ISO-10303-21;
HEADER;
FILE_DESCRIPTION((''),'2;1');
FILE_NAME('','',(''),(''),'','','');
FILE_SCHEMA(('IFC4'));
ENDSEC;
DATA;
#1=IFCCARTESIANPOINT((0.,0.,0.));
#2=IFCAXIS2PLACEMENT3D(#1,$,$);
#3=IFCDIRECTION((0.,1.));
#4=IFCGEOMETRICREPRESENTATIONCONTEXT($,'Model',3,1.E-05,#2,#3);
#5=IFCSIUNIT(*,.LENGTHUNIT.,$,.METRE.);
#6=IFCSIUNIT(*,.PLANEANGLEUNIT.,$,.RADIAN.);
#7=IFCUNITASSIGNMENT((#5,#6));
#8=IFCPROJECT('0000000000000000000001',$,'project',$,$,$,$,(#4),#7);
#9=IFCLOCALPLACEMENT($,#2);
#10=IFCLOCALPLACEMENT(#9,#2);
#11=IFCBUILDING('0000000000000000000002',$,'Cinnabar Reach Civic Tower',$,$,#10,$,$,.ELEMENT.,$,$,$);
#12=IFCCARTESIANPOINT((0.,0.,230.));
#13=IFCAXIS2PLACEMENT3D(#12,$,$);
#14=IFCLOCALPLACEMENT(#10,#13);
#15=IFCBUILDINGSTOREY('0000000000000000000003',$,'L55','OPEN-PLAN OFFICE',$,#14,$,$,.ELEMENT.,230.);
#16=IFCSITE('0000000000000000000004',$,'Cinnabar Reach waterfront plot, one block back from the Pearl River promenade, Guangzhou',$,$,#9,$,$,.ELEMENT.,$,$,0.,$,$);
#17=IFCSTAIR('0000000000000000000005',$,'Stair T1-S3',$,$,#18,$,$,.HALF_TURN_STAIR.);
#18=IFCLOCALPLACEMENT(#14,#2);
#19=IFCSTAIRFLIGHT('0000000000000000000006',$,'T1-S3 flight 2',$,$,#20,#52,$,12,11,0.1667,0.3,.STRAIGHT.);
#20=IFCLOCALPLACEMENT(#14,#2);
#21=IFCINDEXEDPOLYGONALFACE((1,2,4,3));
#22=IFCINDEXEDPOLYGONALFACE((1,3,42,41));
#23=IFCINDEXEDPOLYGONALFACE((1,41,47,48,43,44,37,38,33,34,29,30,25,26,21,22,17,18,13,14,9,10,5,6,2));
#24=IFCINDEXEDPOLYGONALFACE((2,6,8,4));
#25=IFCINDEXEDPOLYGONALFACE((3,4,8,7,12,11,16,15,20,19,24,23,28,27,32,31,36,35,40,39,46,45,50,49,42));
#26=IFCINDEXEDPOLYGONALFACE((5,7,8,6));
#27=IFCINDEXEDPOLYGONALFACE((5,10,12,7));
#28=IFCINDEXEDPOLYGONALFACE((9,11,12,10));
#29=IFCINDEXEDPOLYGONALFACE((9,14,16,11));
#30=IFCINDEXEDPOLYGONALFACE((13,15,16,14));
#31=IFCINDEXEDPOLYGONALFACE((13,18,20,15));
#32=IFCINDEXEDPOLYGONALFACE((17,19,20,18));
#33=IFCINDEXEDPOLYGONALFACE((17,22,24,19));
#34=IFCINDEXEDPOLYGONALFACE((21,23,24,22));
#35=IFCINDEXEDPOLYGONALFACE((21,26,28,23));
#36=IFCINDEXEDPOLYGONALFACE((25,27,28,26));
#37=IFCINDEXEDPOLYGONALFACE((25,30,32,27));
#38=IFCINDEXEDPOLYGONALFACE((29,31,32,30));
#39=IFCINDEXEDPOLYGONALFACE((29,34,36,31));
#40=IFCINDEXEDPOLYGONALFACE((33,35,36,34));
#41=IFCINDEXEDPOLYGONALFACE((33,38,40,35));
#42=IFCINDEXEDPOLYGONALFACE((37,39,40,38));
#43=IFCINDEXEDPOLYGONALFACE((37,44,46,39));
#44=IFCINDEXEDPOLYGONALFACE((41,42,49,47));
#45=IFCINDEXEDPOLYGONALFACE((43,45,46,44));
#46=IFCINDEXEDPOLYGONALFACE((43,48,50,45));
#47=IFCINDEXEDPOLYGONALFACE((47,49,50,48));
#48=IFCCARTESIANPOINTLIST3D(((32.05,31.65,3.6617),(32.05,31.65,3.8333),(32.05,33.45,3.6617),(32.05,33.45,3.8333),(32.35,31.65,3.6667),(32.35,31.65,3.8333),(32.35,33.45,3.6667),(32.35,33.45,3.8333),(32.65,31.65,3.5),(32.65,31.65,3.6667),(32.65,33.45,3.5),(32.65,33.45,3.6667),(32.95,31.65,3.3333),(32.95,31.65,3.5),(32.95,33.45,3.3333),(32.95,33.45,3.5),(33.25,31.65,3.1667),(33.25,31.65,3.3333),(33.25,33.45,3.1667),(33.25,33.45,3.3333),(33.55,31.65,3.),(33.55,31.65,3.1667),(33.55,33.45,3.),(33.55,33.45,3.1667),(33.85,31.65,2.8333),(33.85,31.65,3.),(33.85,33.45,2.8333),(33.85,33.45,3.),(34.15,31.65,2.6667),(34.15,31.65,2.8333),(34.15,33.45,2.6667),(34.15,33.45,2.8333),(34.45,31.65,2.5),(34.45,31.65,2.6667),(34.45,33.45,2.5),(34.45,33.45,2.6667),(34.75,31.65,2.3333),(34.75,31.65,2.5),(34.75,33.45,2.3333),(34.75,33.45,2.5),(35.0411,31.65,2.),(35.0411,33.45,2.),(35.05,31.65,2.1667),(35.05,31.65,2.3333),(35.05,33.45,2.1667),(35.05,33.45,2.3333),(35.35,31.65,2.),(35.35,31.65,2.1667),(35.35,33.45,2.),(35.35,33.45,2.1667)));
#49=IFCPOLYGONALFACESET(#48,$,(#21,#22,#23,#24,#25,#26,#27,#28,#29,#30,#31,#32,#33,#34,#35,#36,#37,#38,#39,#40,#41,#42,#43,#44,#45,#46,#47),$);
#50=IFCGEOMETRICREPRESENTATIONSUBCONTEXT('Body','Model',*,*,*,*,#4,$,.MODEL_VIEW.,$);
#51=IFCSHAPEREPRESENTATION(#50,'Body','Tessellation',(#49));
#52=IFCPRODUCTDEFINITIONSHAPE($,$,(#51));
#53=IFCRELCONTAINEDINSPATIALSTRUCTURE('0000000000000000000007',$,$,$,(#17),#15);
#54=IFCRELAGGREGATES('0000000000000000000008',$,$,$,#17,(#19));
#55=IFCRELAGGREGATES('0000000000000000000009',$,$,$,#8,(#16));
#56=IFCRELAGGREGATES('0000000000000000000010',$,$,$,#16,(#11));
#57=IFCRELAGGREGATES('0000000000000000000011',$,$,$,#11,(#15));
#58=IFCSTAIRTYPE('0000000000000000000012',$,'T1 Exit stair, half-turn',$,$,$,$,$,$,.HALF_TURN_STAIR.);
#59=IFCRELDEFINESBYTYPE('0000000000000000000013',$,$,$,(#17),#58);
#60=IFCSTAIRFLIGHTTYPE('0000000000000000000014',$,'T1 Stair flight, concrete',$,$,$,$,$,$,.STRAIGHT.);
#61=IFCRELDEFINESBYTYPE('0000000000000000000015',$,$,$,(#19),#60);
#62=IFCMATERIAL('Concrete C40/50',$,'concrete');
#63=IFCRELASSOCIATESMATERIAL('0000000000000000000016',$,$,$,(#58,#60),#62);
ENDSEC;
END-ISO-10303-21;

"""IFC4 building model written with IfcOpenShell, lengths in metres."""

from ifc_helpers import new_model, si_unit, direction, frame, origin, place, context, subcontext, project, spatial, polyline, outline, extrude, material, type_object, element, aggregate, save


model = new_model("IFC4")

# Units and contexts
model_context = context("Model", 3, precision=1e-05, world=origin(), true_north=direction((0.0, 1.0)))
body_context = subcontext(model_context, "Body", "Model", "MODEL_VIEW")
ifc_project = project(units=[si_unit("LENGTHUNIT", "METRE"), si_unit("PLANEANGLEUNIT", "RADIAN")], contexts=[model_context])

# Site, building, storey
site_placement = place(None, origin())
site = spatial("IfcSite", under=ifc_project, at=site_placement, Name="Cinnabar Reach waterfront plot, one block back from the Pearl River promenade, Guangzhou", CompositionType="ELEMENT", RefElevation=0.0)
building_placement = place(site_placement, origin())
building = spatial("IfcBuilding", under=site, at=building_placement, Name="Cinnabar Reach Civic Tower", CompositionType="ELEMENT")
storey_placement = place(building_placement, frame((0.0, 0.0, 230.0)))
storey = spatial("IfcBuildingStorey", under=building, at=storey_placement, Name="L55", Description="OPEN-PLAN OFFICE", CompositionType="ELEMENT", Elevation=230.0)

# Stair, stair flight
ifc_material_1 = material(Name="Concrete C40/50", Category="concrete")
stair_type = type_object("IfcStairType", Name="T1 Exit stair, half-turn", PredefinedType="HALF_TURN_STAIR", material=ifc_material_1)
stair_placement = place(storey_placement, origin())
stair = element("IfcStair", 1, at=stair_placement, inside=storey, type_object=stair_type, Name="Stair T1-S3", PredefinedType="HALF_TURN_STAIR")
stair_flight_type = type_object("IfcStairFlightType", Name="T1 Stair flight, concrete", PredefinedType="STRAIGHT", material=ifc_material_1)
stair_flight_placement = place(storey_placement, frame((35.35, 32.55, 2.0), z_axis=(0.0, 0.0, 1.0), x_axis=(-1.0, 0.0, 0.0)))
stair_flight = element("IfcStairFlight", 2, at=stair_flight_placement, type_object=stair_flight_type, Name="T1-S3 flight 2", NumberOfRisers=12, NumberOfTreads=11, PredefinedType="STRAIGHT", RiserHeight=0.1667, TreadLength=0.3, context=body_context, shape_type="SweptSolid", body=[
    extrude(outline(polyline([(0.0, 0.0), (0.0, 0.1667), (0.3, 0.1667), (0.3, 0.3333), (0.6, 0.3333), (0.6, 0.5), (0.9, 0.5), (0.9, 0.6667), (1.2, 0.6667), (1.2, 0.8333), (1.5, 0.8333), (1.5, 1.0), (1.8, 1.0), (1.8, 1.1667), (2.1, 1.1667), (2.1, 1.3333), (2.4, 1.3333), (2.4, 1.5), (2.7, 1.5), (2.7, 1.6667), (3.0, 1.6667), (3.0, 1.8333), (3.3, 1.8333), (3.3, 2.0), (3.3, 1.6617), (0.3089, 0.0), (0.0, 0.0)])), frame((0.0, 0.9, 0.0), z_axis=(0.0, -1.0, 0.0), x_axis=(1.0, 0.0, 0.0)), (0.0, 0.0, 1.0), 1.8),
])
aggregate(stair, [stair_flight])

save(model, "model.ifc")
